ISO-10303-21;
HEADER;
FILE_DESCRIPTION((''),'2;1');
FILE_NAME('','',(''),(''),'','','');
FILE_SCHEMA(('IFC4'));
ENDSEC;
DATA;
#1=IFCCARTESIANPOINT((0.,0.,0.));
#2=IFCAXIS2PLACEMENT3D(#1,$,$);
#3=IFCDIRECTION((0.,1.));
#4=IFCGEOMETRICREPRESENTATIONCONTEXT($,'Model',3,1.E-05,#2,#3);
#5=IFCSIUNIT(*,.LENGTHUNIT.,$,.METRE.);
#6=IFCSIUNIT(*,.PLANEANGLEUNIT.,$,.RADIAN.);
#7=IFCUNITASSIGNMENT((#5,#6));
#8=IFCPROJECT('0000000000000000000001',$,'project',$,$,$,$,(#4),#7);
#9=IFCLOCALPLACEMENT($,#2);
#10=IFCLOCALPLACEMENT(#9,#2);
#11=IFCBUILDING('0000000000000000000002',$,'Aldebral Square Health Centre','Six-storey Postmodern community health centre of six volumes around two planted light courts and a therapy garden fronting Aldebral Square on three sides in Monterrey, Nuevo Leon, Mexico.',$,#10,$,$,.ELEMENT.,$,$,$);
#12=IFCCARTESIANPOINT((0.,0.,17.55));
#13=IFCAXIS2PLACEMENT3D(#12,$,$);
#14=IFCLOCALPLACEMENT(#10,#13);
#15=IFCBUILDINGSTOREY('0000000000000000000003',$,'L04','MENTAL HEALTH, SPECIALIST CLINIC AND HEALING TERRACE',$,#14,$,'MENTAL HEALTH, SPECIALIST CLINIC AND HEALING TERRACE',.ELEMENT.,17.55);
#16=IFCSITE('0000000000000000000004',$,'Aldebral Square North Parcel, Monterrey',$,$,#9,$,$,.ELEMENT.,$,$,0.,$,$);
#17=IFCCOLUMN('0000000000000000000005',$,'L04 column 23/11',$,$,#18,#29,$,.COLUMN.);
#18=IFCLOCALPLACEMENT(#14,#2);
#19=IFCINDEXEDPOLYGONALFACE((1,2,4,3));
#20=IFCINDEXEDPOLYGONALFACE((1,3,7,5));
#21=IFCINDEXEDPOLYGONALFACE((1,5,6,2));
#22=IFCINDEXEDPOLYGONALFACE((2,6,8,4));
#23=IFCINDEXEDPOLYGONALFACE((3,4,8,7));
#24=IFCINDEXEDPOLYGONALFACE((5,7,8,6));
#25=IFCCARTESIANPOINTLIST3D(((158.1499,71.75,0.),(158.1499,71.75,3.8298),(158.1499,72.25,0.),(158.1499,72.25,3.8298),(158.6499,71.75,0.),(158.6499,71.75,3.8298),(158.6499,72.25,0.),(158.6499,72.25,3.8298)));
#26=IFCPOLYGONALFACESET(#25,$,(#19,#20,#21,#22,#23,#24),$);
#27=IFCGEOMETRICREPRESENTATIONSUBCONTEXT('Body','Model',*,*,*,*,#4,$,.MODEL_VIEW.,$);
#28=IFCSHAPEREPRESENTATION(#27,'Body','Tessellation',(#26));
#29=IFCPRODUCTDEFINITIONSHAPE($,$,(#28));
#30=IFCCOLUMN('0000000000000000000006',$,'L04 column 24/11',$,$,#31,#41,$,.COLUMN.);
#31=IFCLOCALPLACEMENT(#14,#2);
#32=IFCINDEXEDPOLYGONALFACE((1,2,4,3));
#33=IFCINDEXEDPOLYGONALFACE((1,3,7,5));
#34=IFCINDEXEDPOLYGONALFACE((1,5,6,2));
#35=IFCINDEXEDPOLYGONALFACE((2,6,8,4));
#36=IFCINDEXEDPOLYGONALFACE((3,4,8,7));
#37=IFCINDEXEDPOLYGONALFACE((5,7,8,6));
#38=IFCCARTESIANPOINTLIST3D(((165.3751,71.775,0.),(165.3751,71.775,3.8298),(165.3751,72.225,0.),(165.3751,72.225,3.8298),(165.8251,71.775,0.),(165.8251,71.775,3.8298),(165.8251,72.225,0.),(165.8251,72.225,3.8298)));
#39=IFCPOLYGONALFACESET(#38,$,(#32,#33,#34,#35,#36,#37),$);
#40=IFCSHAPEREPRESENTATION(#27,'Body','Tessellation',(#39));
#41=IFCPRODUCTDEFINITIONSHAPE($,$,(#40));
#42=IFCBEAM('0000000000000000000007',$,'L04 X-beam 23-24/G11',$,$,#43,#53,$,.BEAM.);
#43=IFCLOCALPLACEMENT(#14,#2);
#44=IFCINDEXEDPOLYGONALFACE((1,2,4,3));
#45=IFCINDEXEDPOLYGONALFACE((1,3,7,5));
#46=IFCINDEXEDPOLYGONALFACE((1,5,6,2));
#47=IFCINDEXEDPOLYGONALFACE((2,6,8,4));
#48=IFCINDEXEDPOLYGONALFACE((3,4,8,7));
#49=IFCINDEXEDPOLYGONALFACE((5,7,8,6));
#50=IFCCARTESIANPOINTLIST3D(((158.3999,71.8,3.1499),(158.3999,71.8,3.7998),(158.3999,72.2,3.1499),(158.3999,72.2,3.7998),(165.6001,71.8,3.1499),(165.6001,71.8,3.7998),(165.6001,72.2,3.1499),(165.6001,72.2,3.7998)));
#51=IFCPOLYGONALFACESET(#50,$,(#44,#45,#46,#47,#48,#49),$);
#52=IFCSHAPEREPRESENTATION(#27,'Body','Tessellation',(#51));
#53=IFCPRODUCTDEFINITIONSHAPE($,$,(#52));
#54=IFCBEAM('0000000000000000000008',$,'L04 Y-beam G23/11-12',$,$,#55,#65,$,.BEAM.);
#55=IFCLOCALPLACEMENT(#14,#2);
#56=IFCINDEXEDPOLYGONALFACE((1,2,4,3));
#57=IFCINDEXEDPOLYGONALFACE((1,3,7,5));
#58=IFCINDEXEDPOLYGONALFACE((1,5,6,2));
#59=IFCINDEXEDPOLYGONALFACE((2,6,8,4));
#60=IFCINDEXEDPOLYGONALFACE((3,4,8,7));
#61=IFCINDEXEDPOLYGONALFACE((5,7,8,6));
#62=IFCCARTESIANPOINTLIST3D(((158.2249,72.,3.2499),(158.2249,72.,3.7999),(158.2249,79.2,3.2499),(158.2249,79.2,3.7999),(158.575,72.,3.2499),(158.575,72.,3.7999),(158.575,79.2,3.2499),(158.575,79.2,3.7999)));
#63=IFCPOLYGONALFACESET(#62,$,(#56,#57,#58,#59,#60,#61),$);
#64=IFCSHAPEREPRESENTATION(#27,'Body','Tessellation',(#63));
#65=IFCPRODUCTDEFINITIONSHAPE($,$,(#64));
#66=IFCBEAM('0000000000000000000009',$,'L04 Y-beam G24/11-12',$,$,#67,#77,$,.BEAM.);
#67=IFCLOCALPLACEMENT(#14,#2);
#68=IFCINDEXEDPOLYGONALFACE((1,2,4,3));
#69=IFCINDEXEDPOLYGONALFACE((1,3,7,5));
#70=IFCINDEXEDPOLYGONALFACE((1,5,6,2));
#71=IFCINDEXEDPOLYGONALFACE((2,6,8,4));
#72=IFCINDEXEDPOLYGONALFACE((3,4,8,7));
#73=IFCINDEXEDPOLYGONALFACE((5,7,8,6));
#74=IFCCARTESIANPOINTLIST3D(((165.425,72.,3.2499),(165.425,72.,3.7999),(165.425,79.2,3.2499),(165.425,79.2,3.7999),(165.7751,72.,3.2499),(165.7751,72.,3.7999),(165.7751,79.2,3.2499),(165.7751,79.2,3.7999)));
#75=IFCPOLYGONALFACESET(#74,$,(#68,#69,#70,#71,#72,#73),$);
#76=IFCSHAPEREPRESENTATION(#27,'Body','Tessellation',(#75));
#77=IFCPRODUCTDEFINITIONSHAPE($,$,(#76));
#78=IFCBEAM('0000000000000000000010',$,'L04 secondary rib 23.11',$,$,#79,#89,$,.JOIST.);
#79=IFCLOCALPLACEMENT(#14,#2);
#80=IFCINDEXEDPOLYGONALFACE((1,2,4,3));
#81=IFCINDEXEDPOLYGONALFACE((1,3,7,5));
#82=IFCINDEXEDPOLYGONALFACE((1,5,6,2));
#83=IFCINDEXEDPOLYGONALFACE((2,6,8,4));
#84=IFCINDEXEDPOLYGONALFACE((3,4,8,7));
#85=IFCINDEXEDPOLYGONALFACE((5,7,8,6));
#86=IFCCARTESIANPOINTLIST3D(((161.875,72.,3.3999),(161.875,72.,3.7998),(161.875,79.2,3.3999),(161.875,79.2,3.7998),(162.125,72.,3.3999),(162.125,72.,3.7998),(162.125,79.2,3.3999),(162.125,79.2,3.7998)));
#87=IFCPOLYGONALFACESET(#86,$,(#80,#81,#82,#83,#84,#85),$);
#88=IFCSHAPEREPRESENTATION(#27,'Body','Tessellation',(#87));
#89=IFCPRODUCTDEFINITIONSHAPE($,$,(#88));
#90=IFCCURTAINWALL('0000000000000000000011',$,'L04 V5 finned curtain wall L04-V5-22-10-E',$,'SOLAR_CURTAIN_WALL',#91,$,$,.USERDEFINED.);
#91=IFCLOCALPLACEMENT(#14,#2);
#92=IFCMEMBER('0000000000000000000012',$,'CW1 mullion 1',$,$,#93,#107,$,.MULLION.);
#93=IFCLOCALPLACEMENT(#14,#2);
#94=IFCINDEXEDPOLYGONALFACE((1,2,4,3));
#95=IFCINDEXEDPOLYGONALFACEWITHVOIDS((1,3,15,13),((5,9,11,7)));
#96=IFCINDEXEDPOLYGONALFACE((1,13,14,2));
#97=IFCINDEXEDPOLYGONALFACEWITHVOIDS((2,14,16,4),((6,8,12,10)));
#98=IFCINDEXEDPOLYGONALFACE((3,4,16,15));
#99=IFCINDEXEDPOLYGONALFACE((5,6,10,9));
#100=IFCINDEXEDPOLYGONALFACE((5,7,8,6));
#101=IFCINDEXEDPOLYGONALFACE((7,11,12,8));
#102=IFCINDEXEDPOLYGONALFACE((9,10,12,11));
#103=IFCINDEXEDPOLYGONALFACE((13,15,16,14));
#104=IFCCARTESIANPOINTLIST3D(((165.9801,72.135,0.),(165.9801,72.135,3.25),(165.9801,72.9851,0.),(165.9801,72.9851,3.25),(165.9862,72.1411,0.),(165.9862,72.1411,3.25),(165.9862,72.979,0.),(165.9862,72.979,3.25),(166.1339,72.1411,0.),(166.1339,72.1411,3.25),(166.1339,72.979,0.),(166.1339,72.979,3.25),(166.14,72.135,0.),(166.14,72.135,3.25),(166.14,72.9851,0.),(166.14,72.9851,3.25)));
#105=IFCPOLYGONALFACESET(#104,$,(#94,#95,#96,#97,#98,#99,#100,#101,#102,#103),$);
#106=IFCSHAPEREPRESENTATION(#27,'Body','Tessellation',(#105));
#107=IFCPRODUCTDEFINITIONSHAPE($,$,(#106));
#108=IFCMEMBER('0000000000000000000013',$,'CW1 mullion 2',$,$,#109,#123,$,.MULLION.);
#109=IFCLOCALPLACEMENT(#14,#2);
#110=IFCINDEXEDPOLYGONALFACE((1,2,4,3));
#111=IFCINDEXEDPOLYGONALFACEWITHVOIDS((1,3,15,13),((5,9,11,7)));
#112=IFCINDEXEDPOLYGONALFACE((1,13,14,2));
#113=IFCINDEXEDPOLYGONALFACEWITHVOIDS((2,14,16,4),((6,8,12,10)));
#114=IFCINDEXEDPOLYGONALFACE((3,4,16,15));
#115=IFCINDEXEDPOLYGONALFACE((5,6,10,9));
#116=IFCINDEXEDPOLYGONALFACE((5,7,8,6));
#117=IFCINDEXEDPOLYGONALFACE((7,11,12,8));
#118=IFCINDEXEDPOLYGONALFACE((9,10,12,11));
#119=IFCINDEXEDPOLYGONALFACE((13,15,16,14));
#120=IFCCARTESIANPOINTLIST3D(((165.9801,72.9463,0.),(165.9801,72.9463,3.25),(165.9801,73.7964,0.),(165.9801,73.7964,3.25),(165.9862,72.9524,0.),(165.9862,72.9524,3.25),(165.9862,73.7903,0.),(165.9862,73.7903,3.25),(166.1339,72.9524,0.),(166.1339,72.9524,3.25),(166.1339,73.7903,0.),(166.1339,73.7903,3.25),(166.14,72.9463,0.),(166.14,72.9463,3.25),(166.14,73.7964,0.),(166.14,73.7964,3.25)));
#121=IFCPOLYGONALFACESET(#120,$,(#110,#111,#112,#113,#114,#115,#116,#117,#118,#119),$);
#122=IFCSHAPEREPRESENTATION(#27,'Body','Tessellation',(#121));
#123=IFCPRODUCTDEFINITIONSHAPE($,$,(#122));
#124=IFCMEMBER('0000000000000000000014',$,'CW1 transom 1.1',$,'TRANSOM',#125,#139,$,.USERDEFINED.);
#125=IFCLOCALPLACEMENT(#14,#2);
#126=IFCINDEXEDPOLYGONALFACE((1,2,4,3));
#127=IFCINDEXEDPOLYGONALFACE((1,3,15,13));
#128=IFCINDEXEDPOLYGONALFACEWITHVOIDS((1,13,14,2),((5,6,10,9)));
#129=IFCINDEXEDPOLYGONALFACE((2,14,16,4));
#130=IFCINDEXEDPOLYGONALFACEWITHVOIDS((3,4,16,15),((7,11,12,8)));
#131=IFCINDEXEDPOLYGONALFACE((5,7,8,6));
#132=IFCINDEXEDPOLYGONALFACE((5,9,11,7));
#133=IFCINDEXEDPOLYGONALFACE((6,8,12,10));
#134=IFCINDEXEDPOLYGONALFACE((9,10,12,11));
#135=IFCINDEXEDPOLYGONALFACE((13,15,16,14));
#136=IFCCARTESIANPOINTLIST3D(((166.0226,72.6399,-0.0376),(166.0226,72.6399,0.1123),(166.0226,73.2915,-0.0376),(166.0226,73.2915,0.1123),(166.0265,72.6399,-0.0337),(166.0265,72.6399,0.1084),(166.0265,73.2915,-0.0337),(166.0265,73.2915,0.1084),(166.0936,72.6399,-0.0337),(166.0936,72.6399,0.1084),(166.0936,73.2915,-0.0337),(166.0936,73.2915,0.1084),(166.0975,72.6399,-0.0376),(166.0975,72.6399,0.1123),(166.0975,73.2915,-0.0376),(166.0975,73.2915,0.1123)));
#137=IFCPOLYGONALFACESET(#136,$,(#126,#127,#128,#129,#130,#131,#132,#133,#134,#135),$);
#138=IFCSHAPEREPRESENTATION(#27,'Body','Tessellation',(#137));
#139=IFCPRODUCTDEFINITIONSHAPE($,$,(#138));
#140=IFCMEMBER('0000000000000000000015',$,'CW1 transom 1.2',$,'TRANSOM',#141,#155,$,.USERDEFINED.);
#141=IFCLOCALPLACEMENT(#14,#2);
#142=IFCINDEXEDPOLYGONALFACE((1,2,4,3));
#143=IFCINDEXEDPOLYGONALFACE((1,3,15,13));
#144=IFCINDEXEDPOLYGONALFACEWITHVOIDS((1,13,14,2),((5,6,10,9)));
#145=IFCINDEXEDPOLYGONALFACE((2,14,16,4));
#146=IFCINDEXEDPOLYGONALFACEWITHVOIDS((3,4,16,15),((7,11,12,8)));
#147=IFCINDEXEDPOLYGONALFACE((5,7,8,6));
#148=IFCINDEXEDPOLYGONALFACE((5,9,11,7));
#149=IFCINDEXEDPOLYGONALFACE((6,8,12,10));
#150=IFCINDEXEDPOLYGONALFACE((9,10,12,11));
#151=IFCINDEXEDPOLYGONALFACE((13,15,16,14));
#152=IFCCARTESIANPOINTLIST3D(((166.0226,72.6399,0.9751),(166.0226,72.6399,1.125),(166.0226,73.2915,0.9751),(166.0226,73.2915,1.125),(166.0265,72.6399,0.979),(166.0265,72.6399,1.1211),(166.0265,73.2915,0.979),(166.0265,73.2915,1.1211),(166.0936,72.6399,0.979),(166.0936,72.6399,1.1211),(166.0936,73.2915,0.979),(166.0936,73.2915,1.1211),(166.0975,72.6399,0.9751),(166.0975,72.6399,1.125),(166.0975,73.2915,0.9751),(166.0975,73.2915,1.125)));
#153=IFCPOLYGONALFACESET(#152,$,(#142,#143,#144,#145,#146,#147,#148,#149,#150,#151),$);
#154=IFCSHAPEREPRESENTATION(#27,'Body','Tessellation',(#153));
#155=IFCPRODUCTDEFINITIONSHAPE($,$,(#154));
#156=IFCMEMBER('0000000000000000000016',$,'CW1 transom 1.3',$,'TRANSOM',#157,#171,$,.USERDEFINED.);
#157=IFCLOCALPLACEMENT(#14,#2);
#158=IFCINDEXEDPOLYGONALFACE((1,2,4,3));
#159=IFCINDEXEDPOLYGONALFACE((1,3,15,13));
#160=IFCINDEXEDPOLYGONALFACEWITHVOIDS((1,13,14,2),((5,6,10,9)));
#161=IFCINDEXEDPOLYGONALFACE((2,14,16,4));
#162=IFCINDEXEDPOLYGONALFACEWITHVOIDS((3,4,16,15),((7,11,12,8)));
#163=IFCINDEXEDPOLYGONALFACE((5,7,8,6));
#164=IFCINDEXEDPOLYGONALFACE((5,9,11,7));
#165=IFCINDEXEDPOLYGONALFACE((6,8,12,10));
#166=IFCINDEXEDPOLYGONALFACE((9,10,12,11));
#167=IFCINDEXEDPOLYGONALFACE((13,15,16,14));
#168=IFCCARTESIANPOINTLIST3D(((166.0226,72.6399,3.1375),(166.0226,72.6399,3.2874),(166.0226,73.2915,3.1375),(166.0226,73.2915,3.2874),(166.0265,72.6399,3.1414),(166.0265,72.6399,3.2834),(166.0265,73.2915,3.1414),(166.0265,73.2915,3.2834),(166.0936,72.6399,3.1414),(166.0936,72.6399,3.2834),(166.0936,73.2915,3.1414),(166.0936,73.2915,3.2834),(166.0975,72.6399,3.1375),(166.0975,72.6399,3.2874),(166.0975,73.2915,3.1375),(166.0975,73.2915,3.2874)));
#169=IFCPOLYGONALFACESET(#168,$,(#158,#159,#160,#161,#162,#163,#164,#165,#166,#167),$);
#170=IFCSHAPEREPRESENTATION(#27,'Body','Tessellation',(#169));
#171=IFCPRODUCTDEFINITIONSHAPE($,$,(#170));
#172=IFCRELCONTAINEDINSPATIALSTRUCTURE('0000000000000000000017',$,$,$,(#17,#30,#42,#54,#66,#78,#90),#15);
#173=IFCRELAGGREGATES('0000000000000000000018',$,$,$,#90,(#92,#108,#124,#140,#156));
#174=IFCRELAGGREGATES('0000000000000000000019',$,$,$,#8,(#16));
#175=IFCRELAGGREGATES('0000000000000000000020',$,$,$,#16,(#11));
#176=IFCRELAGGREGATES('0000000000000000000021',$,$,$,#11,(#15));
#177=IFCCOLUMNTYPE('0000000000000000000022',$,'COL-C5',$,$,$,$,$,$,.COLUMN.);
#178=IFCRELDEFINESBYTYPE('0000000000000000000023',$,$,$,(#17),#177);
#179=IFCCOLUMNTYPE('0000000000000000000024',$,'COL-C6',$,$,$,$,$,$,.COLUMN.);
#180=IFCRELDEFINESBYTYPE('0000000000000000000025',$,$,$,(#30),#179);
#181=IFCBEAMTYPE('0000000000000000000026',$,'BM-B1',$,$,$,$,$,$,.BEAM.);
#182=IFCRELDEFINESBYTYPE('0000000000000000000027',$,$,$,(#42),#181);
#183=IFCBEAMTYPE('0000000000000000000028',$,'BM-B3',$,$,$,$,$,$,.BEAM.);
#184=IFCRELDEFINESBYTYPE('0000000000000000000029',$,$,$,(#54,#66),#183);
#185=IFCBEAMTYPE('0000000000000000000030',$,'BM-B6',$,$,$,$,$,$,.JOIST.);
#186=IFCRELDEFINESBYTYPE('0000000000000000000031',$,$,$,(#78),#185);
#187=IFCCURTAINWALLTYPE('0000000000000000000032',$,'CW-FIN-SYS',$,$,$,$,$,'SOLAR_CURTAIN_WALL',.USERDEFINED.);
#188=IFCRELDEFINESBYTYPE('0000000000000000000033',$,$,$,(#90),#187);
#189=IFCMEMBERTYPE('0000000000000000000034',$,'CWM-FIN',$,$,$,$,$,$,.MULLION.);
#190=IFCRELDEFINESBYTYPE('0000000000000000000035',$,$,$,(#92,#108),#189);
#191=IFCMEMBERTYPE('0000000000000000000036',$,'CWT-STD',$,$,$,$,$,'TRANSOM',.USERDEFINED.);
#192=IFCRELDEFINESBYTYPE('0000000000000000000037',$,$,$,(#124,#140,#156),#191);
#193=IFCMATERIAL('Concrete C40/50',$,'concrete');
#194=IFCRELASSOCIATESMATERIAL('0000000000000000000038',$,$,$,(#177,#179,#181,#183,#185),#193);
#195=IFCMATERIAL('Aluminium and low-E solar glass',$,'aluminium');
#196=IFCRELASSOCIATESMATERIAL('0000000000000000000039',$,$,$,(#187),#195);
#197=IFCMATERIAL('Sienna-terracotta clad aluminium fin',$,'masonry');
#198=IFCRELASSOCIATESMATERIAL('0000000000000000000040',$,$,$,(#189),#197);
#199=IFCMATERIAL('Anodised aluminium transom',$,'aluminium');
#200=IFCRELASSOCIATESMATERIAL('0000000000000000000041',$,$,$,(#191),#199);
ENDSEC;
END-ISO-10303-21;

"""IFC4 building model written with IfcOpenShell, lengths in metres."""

from ifc_helpers import new_model, si_unit, direction, frame, origin, origin_2d, place, context, subcontext, project, spatial, rectangle, hollow_rectangle, extrude, material, material_profile, profile_set, type_object, element, aggregate, save


model = new_model("IFC4")

# Units and contexts
model_context = context("Model", 3, precision=1e-05, world=origin(), true_north=direction((0.0, 1.0)))
body_context = subcontext(model_context, "Body", "Model", "MODEL_VIEW")
ifc_project = project(units=[si_unit("LENGTHUNIT", "METRE"), si_unit("PLANEANGLEUNIT", "RADIAN")], contexts=[model_context])

# Site, building, storey
site_placement = place(None, origin())
site = spatial("IfcSite", under=ifc_project, at=site_placement, Name="Aldebral Square North Parcel, Monterrey", CompositionType="ELEMENT", RefElevation=0.0)
building_placement = place(site_placement, origin())
building = spatial("IfcBuilding", under=site, at=building_placement, Name="Aldebral Square Health Centre", Description="Six-storey Postmodern community health centre of six volumes around two planted light courts and a therapy garden fronting Aldebral Square on three sides in Monterrey, Nuevo Leon, Mexico.", CompositionType="ELEMENT")
storey_placement = place(building_placement, frame((0.0, 0.0, 17.55)))
storey = spatial("IfcBuildingStorey", under=building, at=storey_placement, Name="L04", Description="MENTAL HEALTH, SPECIALIST CLINIC AND HEALING TERRACE", LongName="MENTAL HEALTH, SPECIALIST CLINIC AND HEALING TERRACE", CompositionType="ELEMENT", Elevation=17.55)

# Columns
ifc_material_1 = material(Name="Concrete C40/50", Category="concrete")
ifc_material_profile_1 = material_profile(ifc_material_1, rectangle(XDim=0.5, YDim=0.5, at=origin_2d()), Name="RC 500x500")
ifc_profile_set_1 = profile_set([ifc_material_profile_1], Name="Concrete C40/50")
column_type_1 = type_object("IfcColumnType", Name="COL-C5", PredefinedType="COLUMN", material=ifc_profile_set_1)
column_1_placement = place(storey_placement, frame((158.3999, 72.0, 0.0), z_axis=(0.0, 0.0, 1.0), x_axis=(1.0, 0.0, 0.0)))
element("IfcColumn", 1, at=column_1_placement, inside=storey, type_object=column_type_1, Name="L04 column 23/11", PredefinedType="COLUMN", context=body_context, shape_type="SweptSolid", body=[
    extrude(rectangle(XDim=0.5, YDim=0.5, at=origin_2d()), origin(), (0.0, 0.0, 1.0), 3.8298),
])
ifc_material_profile_2 = material_profile(ifc_material_1, rectangle(XDim=0.45, YDim=0.45, at=origin_2d()), Name="RC 450x450")
ifc_profile_set_2 = profile_set([ifc_material_profile_2], Name="Concrete C40/50")
column_type_2 = type_object("IfcColumnType", Name="COL-C6", PredefinedType="COLUMN", material=ifc_profile_set_2)
column_2_placement = place(storey_placement, frame((165.6001, 72.0, 0.0), z_axis=(0.0, 0.0, 1.0), x_axis=(1.0, 0.0, 0.0)))
element("IfcColumn", 2, at=column_2_placement, inside=storey, type_object=column_type_2, Name="L04 column 24/11", PredefinedType="COLUMN", context=body_context, shape_type="SweptSolid", body=[
    extrude(rectangle(XDim=0.45, YDim=0.45, at=origin_2d()), origin(), (0.0, 0.0, 1.0), 3.8298),
])

# Beams
ifc_material_profile_3 = material_profile(ifc_material_1, rectangle(XDim=0.3999, YDim=0.6499, at=origin_2d()), Name="RC 400x650")
ifc_profile_set_3 = profile_set([ifc_material_profile_3], Name="Concrete C40/50")
beam_type_1 = type_object("IfcBeamType", Name="BM-B1", PredefinedType="BEAM", material=ifc_profile_set_3)
beam_1_placement = place(storey_placement, frame((158.3999, 72.0, 3.4749), z_axis=(1.0, 0.0, 0.0), x_axis=(0.0, 1.0, 0.0)))
element("IfcBeam", 3, at=beam_1_placement, inside=storey, type_object=beam_type_1, Name="L04 X-beam 23-24/G11", PredefinedType="BEAM", context=body_context, shape_type="SweptSolid", body=[
    extrude(rectangle(XDim=0.3999, YDim=0.6499, at=origin_2d()), origin(), (0.0, 0.0, 1.0), 7.2002),
])
ifc_material_profile_4 = material_profile(ifc_material_1, rectangle(XDim=0.3501, YDim=0.55, at=origin_2d()), Name="RC 350x550")
ifc_profile_set_4 = profile_set([ifc_material_profile_4], Name="Concrete C40/50")
beam_type_2 = type_object("IfcBeamType", Name="BM-B3", PredefinedType="BEAM", material=ifc_profile_set_4)
for number, where, z_axis, x_axis, name in (
    (4, (158.3999, 72.0, 3.5249), (0.0, 1.0, 0.0), (-1.0, 0.0, 0.0), "L04 Y-beam G23/11-12"),
    (5, (165.6001, 72.0, 3.5249), (0.0, 1.0, 0.0), (-1.0, 0.0, 0.0), "L04 Y-beam G24/11-12"),
):
    element("IfcBeam", number, at=place(storey_placement, frame(where, z_axis=z_axis, x_axis=x_axis)), inside=storey, type_object=beam_type_2, Name=name, PredefinedType="BEAM", context=body_context, shape_type="SweptSolid", body=[
        extrude(rectangle(XDim=0.3501, YDim=0.55, at=origin_2d()), origin(), (0.0, 0.0, 1.0), 7.2),
    ])
ifc_material_profile_5 = material_profile(ifc_material_1, rectangle(XDim=0.25, YDim=0.3999, at=origin_2d()), Name="RC 250x400")
ifc_profile_set_5 = profile_set([ifc_material_profile_5], Name="Concrete C40/50")
beam_type_3 = type_object("IfcBeamType", Name="BM-B6", PredefinedType="JOIST", material=ifc_profile_set_5)
beam_2_placement = place(storey_placement, frame((162.0, 72.0, 3.5999), z_axis=(0.0, 1.0, 0.0), x_axis=(-1.0, 0.0, 0.0)))
element("IfcBeam", 6, at=beam_2_placement, inside=storey, type_object=beam_type_3, Name="L04 secondary rib 23.11", PredefinedType="JOIST", context=body_context, shape_type="SweptSolid", body=[
    extrude(rectangle(XDim=0.25, YDim=0.3999, at=origin_2d()), origin(), (0.0, 0.0, 1.0), 7.2),
])

# Curtain wall, members
ifc_material_2 = material(Name="Aluminium and low-E solar glass", Category="aluminium")
curtain_wall_type = type_object("IfcCurtainWallType", Name="CW-FIN-SYS", ElementType="SOLAR_CURTAIN_WALL", PredefinedType="USERDEFINED", material=ifc_material_2)
curtain_wall_placement = place(storey_placement, origin())
curtain_wall = element("IfcCurtainWall", 7, at=curtain_wall_placement, inside=storey, type_object=curtain_wall_type, Name="L04 V5 finned curtain wall L04-V5-22-10-E", ObjectType="SOLAR_CURTAIN_WALL", PredefinedType="USERDEFINED")
ifc_material_3 = material(Name="Sienna-terracotta clad aluminium fin", Category="masonry")
ifc_material_profile_6 = material_profile(ifc_material_3, hollow_rectangle(XDim=0.1599, YDim=0.8501, WallThickness=0.0061, at=origin_2d()), Name="FIN 160x850x6")
ifc_profile_set_6 = profile_set([ifc_material_profile_6], Name="Sienna-terracotta clad aluminium fin")
member_type_1 = type_object("IfcMemberType", Name="CWM-FIN", PredefinedType="MULLION", material=ifc_profile_set_6)
member_1_placement = place(storey_placement, frame((166.0601, 72.5601, 0.0), z_axis=(0.0, 0.0, 1.0), x_axis=(-1.0, 0.0, 0.0)))
member_1 = element("IfcMember", 8, at=member_1_placement, type_object=member_type_1, Name="CW1 mullion 1", PredefinedType="MULLION", context=body_context, shape_type="SweptSolid", body=[
    extrude(hollow_rectangle(XDim=0.1599, YDim=0.8501, WallThickness=0.0061, at=origin_2d()), origin(), (0.0, 0.0, 1.0), 3.25),
])
member_2_placement = place(storey_placement, frame((166.0601, 73.3713, 0.0), z_axis=(0.0, 0.0, 1.0), x_axis=(-1.0, 0.0, 0.0)))
member_2 = element("IfcMember", 9, at=member_2_placement, type_object=member_type_1, Name="CW1 mullion 2", PredefinedType="MULLION", context=body_context, shape_type="SweptSolid", body=[
    extrude(hollow_rectangle(XDim=0.1599, YDim=0.8501, WallThickness=0.0061, at=origin_2d()), origin(), (0.0, 0.0, 1.0), 3.25),
])
ifc_material_4 = material(Name="Anodised aluminium transom", Category="aluminium")
ifc_material_profile_7 = material_profile(ifc_material_4, hollow_rectangle(XDim=0.075, YDim=0.1499, WallThickness=0.0039, at=origin_2d()), Name="CWT 75x150x4")
ifc_profile_set_7 = profile_set([ifc_material_profile_7], Name="Anodised aluminium transom")
member_type_2 = type_object("IfcMemberType", Name="CWT-STD", ElementType="TRANSOM", PredefinedType="USERDEFINED", material=ifc_profile_set_7)
member_3_placement = place(storey_placement, frame((166.0601, 72.6399, 0.0374), z_axis=(0.0, 1.0, 0.0), x_axis=(-1.0, 0.0, 0.0)))
member_3 = element("IfcMember", 10, at=member_3_placement, type_object=member_type_2, Name="CW1 transom 1.1", ObjectType="TRANSOM", PredefinedType="USERDEFINED", context=body_context, shape_type="SweptSolid", body=[
    extrude(hollow_rectangle(XDim=0.075, YDim=0.1499, WallThickness=0.0039, at=origin_2d()), origin(), (0.0, 0.0, 1.0), 0.6516),
])
member_4_placement = place(storey_placement, frame((166.0601, 72.6399, 1.05), z_axis=(0.0, 1.0, 0.0), x_axis=(-1.0, 0.0, 0.0)))
member_4 = element("IfcMember", 11, at=member_4_placement, type_object=member_type_2, Name="CW1 transom 1.2", ObjectType="TRANSOM", PredefinedType="USERDEFINED", context=body_context, shape_type="SweptSolid", body=[
    extrude(hollow_rectangle(XDim=0.075, YDim=0.1499, WallThickness=0.0039, at=origin_2d()), origin(), (0.0, 0.0, 1.0), 0.6516),
])
member_5_placement = place(storey_placement, frame((166.0601, 72.6399, 3.2124), z_axis=(0.0, 1.0, 0.0), x_axis=(-1.0, 0.0, 0.0)))
member_5 = element("IfcMember", 12, at=member_5_placement, type_object=member_type_2, Name="CW1 transom 1.3", ObjectType="TRANSOM", PredefinedType="USERDEFINED", context=body_context, shape_type="SweptSolid", body=[
    extrude(hollow_rectangle(XDim=0.075, YDim=0.1499, WallThickness=0.0039, at=origin_2d()), origin(), (0.0, 0.0, 1.0), 0.6516),
])
aggregate(curtain_wall, [member_1, member_2, member_3, member_4, member_5])

save(model, "model.ifc")
